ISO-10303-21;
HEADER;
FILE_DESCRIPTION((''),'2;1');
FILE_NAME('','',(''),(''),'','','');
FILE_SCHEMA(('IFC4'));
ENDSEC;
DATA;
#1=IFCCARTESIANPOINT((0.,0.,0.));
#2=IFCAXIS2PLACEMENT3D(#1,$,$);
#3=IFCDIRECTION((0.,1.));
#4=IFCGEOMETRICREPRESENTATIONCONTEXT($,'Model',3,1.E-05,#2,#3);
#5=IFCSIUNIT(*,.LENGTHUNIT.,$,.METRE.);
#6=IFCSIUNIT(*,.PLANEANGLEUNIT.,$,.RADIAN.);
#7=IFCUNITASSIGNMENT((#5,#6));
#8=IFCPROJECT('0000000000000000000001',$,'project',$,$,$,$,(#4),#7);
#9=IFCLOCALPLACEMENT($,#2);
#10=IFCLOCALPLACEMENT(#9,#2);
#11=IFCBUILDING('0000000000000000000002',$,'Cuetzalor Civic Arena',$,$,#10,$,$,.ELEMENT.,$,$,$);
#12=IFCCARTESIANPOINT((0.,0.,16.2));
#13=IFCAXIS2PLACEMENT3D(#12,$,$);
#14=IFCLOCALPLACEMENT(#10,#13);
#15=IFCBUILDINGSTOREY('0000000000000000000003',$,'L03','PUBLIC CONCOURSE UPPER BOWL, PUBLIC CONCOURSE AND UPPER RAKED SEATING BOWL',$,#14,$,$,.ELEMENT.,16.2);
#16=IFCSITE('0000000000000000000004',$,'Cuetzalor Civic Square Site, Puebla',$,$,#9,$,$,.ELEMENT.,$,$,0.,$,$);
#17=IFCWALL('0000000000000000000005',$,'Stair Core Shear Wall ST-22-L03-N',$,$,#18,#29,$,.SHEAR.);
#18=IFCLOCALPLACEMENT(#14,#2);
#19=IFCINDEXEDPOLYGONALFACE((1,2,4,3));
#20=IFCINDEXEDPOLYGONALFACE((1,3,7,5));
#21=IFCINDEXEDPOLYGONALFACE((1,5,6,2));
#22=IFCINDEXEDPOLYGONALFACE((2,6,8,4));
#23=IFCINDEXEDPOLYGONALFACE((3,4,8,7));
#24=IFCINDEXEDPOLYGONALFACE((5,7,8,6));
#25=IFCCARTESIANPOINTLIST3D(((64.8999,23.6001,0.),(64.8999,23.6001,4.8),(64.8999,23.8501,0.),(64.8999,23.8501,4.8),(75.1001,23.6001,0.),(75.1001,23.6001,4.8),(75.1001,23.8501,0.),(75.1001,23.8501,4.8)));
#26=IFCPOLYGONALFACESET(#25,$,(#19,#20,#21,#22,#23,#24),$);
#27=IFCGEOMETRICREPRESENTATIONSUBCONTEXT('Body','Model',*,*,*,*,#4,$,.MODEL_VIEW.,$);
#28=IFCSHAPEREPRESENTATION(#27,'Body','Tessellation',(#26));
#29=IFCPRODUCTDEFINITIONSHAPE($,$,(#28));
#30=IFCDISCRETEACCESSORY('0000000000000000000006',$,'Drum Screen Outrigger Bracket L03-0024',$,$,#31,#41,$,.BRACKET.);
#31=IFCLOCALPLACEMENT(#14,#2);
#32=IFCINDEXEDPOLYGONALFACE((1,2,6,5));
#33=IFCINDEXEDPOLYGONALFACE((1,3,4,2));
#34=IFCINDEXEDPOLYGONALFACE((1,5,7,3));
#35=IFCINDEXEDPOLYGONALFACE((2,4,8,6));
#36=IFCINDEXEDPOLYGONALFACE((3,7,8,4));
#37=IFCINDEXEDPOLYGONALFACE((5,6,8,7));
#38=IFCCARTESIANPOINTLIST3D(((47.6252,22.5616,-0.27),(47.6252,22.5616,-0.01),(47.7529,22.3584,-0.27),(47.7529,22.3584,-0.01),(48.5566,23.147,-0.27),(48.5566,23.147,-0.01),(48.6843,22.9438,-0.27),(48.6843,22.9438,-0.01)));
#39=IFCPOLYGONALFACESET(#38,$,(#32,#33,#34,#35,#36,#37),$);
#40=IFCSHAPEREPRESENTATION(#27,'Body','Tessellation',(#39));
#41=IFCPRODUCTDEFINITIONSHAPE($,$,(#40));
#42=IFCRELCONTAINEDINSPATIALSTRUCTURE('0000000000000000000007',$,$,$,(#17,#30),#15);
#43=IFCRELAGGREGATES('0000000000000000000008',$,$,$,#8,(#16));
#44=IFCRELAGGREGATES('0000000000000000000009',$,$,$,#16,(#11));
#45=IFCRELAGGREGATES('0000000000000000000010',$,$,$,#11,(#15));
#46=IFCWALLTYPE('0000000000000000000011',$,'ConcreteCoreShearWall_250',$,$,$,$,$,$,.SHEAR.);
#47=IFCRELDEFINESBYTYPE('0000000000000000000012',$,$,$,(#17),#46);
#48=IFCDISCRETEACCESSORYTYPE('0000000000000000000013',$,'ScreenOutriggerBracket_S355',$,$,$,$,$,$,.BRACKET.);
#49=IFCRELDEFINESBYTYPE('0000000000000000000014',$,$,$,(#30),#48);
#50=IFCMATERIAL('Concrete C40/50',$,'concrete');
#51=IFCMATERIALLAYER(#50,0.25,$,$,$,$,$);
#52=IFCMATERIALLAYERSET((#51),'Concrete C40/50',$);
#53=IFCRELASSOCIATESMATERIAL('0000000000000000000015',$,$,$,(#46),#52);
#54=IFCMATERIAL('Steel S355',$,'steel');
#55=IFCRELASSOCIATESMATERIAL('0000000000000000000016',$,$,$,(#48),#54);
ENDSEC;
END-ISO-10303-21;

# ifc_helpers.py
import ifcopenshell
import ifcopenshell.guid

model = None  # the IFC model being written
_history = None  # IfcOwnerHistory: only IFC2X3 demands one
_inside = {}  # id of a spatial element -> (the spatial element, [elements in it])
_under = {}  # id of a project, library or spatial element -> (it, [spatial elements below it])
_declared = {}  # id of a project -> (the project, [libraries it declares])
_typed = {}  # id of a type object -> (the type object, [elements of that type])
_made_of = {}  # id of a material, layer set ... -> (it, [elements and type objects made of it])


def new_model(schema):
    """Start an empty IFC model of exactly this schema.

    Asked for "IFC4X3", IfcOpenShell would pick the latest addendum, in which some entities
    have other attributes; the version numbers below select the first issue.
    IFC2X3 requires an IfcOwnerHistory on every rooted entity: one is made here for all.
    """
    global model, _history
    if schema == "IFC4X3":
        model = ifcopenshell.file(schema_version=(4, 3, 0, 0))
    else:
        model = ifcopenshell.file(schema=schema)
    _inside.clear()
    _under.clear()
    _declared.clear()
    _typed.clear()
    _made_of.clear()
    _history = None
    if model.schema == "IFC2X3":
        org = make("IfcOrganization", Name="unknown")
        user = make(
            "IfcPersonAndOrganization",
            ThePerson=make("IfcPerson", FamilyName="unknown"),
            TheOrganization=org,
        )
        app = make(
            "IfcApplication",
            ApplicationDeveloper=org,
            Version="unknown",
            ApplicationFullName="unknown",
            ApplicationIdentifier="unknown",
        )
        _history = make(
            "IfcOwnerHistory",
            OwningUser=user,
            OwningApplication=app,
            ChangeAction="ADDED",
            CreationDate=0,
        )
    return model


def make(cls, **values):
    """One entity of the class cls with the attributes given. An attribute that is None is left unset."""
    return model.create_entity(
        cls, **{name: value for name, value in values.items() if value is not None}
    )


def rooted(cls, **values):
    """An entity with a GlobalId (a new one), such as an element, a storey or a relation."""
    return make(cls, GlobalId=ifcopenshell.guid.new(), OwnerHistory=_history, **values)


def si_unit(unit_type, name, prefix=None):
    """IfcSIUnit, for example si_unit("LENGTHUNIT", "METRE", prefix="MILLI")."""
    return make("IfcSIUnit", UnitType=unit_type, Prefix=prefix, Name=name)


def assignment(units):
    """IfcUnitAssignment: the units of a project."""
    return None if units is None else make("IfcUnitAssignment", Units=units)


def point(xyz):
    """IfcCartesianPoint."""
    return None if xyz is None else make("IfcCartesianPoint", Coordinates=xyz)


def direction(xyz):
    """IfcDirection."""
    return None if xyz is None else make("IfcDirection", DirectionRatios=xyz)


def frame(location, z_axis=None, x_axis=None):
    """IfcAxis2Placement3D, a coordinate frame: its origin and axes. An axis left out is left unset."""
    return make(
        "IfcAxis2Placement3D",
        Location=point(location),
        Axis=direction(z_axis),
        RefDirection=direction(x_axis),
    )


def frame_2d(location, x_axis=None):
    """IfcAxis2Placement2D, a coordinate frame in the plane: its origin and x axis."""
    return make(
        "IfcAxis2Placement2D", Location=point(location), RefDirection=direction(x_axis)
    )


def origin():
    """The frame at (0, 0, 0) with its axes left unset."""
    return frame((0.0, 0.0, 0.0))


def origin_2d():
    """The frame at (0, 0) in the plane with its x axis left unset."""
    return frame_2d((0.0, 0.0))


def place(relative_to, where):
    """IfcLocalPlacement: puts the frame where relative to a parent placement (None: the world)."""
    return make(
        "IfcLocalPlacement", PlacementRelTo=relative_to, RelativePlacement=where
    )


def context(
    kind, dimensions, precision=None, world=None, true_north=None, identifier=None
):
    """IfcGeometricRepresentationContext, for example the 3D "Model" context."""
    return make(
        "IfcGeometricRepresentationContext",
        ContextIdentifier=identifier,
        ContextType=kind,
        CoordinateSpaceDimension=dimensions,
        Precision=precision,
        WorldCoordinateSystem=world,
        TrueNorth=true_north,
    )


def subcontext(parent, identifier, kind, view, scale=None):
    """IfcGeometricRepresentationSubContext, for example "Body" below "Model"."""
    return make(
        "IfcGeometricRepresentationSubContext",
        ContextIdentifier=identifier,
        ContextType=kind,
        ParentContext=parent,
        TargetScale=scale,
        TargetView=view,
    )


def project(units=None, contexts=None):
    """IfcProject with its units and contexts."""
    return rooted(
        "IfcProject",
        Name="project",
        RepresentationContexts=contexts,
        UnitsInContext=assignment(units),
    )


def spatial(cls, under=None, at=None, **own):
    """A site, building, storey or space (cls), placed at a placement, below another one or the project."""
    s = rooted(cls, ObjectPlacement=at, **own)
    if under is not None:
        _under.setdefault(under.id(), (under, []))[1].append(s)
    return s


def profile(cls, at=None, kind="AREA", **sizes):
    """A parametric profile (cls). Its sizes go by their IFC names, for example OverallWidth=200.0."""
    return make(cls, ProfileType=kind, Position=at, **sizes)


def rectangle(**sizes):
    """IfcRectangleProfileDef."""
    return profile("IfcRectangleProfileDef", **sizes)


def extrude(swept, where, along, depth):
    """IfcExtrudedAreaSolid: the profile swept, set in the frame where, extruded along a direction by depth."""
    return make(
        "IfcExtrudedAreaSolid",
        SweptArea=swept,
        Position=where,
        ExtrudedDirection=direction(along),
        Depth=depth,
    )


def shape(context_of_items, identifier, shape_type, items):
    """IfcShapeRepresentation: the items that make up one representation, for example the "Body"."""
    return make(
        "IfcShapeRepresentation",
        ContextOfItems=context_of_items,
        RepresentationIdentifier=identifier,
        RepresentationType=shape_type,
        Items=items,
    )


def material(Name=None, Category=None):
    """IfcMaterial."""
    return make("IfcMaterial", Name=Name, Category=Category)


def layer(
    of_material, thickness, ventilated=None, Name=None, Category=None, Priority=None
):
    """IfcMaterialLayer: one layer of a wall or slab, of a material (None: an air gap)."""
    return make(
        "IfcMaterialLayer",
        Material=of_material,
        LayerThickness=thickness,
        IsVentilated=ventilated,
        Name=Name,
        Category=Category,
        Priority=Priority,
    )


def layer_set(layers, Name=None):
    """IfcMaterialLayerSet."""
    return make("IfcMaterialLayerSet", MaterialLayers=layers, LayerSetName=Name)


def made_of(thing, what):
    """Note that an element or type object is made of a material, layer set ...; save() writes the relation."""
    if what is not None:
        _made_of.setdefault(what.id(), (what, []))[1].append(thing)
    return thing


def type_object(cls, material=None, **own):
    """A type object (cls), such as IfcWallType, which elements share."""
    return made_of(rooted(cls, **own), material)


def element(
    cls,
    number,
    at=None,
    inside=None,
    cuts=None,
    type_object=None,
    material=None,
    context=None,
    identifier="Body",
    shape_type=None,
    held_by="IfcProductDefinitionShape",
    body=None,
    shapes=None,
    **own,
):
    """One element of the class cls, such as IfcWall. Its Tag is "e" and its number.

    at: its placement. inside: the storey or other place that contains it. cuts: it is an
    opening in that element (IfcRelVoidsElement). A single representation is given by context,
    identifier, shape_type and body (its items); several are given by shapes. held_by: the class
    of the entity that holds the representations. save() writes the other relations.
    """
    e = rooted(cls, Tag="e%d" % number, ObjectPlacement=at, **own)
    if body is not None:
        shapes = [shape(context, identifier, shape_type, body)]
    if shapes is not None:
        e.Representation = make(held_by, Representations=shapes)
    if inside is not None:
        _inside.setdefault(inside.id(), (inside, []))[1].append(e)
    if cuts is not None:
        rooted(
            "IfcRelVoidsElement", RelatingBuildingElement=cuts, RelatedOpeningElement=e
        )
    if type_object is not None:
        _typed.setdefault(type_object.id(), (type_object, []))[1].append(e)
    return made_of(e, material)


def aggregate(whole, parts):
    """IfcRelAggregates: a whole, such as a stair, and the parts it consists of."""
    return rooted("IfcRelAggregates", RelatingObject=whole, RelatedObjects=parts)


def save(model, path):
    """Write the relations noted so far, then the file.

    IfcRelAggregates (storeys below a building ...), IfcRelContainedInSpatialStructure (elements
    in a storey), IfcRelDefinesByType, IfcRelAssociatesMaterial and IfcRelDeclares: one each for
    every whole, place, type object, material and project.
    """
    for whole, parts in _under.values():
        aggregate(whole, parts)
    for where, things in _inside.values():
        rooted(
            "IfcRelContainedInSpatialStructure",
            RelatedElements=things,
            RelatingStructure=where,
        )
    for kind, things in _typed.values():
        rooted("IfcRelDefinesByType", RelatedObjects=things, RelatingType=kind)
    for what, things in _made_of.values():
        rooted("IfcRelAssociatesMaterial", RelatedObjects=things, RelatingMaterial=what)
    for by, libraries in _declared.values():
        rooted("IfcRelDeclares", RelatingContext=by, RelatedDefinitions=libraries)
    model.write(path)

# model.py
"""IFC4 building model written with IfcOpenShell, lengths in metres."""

from ifc_helpers import new_model, si_unit, direction, frame, frame_2d, origin, origin_2d, place, context, subcontext, project, spatial, rectangle, extrude, material, layer, layer_set, type_object, element, save


model = new_model("IFC4")

# Units and contexts
model_context = context("Model", 3, precision=1e-05, world=origin(), true_north=direction((0.0, 1.0)))
body_context = subcontext(model_context, "Body", "Model", "MODEL_VIEW")
ifc_project = project(units=[si_unit("LENGTHUNIT", "METRE"), si_unit("PLANEANGLEUNIT", "RADIAN")], contexts=[model_context])

# Site, building, storey
site_placement = place(None, origin())
site = spatial("IfcSite", under=ifc_project, at=site_placement, Name="Cuetzalor Civic Square Site, Puebla", CompositionType="ELEMENT", RefElevation=0.0)
building_placement = place(site_placement, origin())
building = spatial("IfcBuilding", under=site, at=building_placement, Name="Cuetzalor Civic Arena", CompositionType="ELEMENT")
storey_placement = place(building_placement, frame((0.0, 0.0, 16.2)))
storey = spatial("IfcBuildingStorey", under=building, at=storey_placement, Name="L03", Description="PUBLIC CONCOURSE UPPER BOWL, PUBLIC CONCOURSE AND UPPER RAKED SEATING BOWL", CompositionType="ELEMENT", Elevation=16.2)

# Wall
ifc_material_1 = material(Name="Concrete C40/50", Category="concrete")
ifc_layer_1 = layer(ifc_material_1, 0.25)
ifc_layer_set_1 = layer_set([ifc_layer_1], Name="Concrete C40/50")
wall_type_1 = type_object("IfcWallType", Name="ConcreteCoreShearWall_250", PredefinedType="SHEAR", material=ifc_layer_set_1)
wall_1_placement = place(storey_placement, frame((64.8999, 23.7251, 0.0), z_axis=(0.0, 0.0, 1.0), x_axis=(1.0, 0.0, 0.0)))
element("IfcWall", 1, at=wall_1_placement, inside=storey, type_object=wall_type_1, Name="Stair Core Shear Wall ST-22-L03-N", PredefinedType="SHEAR", context=body_context, shape_type="SweptSolid", body=[
    extrude(rectangle(XDim=10.2002, YDim=0.25, at=frame_2d((5.1001, 0.0))), origin(), (0.0, 0.0, 1.0), 4.8),
])

# Discrete accessory
ifc_material_2 = material(Name="Steel S355", Category="steel")
discrete_accessory_type = type_object("IfcDiscreteAccessoryType", Name="ScreenOutriggerBracket_S355", PredefinedType="BRACKET", material=ifc_material_2)
discrete_accessory_placement = place(storey_placement, frame((48.1548, 22.7527, -0.27), z_axis=(0.0, 0.0, 1.0), x_axis=(0.846658, 0.532138, 0.0)))
element("IfcDiscreteAccessory", 2, at=discrete_accessory_placement, inside=storey, type_object=discrete_accessory_type, Name="Drum Screen Outrigger Bracket L03-0024", PredefinedType="BRACKET", context=body_context, shape_type="SweptSolid", body=[
    extrude(rectangle(XDim=1.1001, YDim=0.24, at=origin_2d()), origin(), (0.0, 0.0, 1.0), 0.26),
])

save(model, "model.ifc")
